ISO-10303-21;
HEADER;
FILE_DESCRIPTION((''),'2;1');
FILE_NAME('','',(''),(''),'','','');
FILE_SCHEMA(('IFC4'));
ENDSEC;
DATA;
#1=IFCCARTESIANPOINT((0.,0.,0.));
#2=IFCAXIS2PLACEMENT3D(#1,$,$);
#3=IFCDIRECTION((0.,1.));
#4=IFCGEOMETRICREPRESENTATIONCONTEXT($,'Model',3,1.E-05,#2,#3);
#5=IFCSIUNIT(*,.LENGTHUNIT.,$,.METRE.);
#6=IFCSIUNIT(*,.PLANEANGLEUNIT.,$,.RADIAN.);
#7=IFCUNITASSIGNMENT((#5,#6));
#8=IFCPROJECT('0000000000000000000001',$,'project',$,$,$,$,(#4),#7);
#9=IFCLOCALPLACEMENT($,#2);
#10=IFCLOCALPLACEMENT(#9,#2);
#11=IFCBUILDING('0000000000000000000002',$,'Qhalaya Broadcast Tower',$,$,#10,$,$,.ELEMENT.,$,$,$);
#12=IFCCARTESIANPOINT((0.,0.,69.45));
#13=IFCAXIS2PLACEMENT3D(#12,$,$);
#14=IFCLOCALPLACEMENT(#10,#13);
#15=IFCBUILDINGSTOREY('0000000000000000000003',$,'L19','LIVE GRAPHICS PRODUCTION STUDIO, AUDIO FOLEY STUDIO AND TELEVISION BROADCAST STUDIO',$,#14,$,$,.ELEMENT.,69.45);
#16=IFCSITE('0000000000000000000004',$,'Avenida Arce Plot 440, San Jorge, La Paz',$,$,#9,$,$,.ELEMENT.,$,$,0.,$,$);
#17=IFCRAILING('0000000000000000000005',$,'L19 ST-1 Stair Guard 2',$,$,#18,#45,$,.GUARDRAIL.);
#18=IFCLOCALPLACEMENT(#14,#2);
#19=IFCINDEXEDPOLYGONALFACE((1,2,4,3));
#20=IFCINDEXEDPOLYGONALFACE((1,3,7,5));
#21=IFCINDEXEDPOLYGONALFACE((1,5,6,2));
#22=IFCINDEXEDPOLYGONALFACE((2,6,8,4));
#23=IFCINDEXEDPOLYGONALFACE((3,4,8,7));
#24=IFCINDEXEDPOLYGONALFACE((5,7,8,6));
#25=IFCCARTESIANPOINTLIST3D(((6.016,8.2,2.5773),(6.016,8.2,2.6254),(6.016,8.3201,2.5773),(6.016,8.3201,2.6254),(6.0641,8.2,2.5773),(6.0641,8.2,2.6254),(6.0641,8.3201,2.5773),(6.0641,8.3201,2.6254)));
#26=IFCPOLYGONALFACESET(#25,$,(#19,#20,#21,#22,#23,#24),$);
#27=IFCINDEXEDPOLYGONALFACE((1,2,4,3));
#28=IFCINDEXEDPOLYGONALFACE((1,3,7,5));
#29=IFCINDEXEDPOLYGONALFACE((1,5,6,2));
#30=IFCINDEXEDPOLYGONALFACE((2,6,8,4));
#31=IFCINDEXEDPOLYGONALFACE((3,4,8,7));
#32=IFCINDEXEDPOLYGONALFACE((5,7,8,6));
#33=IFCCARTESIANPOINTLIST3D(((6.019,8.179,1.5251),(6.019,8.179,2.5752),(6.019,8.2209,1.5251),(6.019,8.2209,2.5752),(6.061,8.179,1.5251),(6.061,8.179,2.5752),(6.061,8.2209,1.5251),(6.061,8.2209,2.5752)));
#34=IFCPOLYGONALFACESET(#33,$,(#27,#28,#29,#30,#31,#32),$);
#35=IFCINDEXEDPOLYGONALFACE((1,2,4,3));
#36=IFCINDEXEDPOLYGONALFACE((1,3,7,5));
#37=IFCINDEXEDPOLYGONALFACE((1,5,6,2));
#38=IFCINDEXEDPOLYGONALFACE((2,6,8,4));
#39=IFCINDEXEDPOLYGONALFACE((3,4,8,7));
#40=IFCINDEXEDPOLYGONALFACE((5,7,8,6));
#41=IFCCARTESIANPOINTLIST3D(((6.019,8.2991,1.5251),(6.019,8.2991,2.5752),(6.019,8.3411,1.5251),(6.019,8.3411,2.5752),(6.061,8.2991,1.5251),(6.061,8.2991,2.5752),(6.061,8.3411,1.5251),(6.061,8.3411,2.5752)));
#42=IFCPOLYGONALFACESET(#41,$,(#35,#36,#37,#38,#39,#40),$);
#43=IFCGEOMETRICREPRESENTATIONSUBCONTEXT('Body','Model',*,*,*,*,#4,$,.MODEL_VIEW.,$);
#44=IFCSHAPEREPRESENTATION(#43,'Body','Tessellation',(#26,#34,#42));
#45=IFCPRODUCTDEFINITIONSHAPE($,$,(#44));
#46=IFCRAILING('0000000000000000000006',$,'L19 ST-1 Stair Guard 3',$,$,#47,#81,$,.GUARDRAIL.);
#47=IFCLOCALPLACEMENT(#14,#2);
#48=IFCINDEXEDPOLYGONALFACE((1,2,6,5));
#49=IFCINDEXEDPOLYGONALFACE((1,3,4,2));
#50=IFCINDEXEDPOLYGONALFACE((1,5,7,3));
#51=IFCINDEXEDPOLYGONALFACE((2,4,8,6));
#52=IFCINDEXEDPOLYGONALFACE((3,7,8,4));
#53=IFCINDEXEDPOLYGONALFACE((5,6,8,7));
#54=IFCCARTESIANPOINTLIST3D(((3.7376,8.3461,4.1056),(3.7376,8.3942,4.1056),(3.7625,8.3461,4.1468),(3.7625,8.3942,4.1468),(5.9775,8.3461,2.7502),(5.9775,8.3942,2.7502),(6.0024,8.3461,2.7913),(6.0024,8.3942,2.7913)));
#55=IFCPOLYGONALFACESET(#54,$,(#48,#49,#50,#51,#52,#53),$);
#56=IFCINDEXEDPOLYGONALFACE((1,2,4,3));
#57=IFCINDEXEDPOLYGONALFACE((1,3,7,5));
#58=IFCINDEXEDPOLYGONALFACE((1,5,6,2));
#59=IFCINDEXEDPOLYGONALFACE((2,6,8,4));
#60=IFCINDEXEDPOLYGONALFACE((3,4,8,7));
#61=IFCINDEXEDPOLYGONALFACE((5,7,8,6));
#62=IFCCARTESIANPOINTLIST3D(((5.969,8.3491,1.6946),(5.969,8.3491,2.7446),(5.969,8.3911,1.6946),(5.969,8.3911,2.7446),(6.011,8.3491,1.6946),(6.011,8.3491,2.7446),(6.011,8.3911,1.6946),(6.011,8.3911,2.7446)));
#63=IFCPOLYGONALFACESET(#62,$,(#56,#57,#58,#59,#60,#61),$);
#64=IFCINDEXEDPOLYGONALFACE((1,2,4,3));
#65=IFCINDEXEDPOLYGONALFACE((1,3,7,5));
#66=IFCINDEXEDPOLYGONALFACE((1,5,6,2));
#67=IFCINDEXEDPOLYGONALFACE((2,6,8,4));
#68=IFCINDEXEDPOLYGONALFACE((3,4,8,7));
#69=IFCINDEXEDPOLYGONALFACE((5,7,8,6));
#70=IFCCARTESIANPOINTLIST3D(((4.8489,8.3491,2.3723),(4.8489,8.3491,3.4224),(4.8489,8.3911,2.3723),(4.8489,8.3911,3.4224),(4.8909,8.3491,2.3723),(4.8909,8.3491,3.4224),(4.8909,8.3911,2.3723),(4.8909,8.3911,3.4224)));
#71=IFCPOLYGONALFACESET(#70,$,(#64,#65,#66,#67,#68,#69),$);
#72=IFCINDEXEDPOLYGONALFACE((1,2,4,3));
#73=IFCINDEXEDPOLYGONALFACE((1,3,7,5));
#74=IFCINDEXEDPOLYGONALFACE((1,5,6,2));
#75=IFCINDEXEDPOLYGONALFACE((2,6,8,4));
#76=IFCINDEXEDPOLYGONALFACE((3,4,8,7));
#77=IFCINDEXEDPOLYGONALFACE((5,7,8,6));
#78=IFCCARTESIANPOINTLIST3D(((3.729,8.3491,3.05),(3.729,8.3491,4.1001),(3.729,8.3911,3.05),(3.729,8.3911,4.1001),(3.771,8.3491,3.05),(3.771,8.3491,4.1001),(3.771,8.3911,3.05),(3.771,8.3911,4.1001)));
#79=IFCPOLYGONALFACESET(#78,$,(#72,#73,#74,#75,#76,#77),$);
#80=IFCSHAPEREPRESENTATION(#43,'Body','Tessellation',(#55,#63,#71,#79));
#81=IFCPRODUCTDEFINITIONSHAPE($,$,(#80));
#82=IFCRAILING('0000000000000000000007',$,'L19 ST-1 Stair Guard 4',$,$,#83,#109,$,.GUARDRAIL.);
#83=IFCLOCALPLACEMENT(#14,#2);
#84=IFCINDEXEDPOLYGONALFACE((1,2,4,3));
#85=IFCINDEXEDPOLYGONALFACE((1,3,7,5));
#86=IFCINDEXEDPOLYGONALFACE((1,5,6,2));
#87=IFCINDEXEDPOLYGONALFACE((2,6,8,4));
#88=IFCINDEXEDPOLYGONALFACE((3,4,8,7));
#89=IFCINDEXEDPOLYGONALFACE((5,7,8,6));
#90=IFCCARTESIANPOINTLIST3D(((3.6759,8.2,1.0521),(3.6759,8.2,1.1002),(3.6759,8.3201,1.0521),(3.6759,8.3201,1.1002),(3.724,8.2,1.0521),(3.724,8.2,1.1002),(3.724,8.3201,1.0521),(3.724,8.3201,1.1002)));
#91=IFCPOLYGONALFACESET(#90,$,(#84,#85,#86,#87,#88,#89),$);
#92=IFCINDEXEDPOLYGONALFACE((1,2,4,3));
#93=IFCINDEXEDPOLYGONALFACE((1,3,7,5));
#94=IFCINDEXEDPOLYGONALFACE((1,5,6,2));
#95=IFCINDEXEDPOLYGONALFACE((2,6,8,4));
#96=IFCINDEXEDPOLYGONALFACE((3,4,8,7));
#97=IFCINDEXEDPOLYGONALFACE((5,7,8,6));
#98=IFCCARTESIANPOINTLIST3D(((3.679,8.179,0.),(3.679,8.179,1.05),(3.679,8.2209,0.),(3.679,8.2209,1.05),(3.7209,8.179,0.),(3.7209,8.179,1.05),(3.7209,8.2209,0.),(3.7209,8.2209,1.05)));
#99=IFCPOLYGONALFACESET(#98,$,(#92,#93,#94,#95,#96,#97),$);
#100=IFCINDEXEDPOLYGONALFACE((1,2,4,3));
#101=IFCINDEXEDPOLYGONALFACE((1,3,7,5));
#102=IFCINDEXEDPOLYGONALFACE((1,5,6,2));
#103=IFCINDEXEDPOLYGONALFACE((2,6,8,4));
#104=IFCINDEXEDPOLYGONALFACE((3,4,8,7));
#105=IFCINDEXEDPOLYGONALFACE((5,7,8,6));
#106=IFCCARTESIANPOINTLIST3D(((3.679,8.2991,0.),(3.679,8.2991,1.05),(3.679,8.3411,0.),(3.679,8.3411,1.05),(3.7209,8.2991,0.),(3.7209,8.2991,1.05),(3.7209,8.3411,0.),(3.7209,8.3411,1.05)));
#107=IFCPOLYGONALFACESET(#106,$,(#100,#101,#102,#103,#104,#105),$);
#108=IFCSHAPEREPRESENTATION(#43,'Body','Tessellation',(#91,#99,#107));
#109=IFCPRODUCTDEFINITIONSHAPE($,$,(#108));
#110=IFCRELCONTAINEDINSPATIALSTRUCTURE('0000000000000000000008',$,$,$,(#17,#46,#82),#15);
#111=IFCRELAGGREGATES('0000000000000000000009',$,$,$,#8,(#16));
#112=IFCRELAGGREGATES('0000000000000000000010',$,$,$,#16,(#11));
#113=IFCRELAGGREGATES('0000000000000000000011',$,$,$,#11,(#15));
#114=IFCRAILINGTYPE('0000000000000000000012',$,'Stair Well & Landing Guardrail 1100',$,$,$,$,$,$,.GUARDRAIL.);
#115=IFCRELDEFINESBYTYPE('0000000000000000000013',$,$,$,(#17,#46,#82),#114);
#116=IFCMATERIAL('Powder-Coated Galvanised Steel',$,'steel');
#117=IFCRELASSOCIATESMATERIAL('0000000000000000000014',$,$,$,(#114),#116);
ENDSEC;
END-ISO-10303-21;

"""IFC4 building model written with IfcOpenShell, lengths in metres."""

from ifc_helpers import new_model, si_unit, direction, frame, origin, origin_2d, place, context, subcontext, project, spatial, rectangle, extrude, material, type_object, element, save


model = new_model("IFC4")

# Units and contexts
model_context = context("Model", 3, precision=1e-05, world=origin(), true_north=direction((0.0, 1.0)))
body_context = subcontext(model_context, "Body", "Model", "MODEL_VIEW")
ifc_project = project(units=[si_unit("LENGTHUNIT", "METRE"), si_unit("PLANEANGLEUNIT", "RADIAN")], contexts=[model_context])

# Site, building, storey
site_placement = place(None, origin())
site = spatial("IfcSite", under=ifc_project, at=site_placement, Name="Avenida Arce Plot 440, San Jorge, La Paz", CompositionType="ELEMENT", RefElevation=0.0)
building_placement = place(site_placement, origin())
building = spatial("IfcBuilding", under=site, at=building_placement, Name="Qhalaya Broadcast Tower", CompositionType="ELEMENT")
storey_placement = place(building_placement, frame((0.0, 0.0, 69.45)))
storey = spatial("IfcBuildingStorey", under=building, at=storey_placement, Name="L19", Description="LIVE GRAPHICS PRODUCTION STUDIO, AUDIO FOLEY STUDIO AND TELEVISION BROADCAST STUDIO", CompositionType="ELEMENT", Elevation=69.45)

# Railings
ifc_material_1 = material(Name="Powder-Coated Galvanised Steel", Category="steel")
railing_type_1 = type_object("IfcRailingType", Name="Stair Well & Landing Guardrail 1100", PredefinedType="GUARDRAIL", material=ifc_material_1)
railing_1_placement = place(storey_placement, frame((6.04, 8.2, 1.5251)))
element("IfcRailing", 1, at=railing_1_placement, inside=storey, type_object=railing_type_1, Name="L19 ST-1 Stair Guard 2", PredefinedType="GUARDRAIL", context=body_context, shape_type="SweptSolid", body=[
    extrude(rectangle(XDim=0.0481, YDim=0.0481, at=origin_2d()), frame((0.0, 0.0, 1.0762), z_axis=(0.0, 1.0, 0.0), x_axis=(-1.0, 0.0, 0.0)), (0.0, 0.0, 1.0), 0.1201),
    extrude(rectangle(XDim=0.042, YDim=0.042, at=origin_2d()), origin(), (0.0, 0.0, 1.0), 1.05),
    extrude(rectangle(XDim=0.042, YDim=0.042, at=origin_2d()), frame((0.0, 0.1201, 0.0)), (0.0, 0.0, 1.0), 1.05),
])
railing_2_placement = place(storey_placement, frame((5.99, 8.3701, 1.6946)))
element("IfcRailing", 2, at=railing_2_placement, inside=storey, type_object=railing_type_1, Name="L19 ST-1 Stair Guard 3", PredefinedType="GUARDRAIL", context=body_context, shape_type="SweptSolid", body=[
    extrude(rectangle(XDim=0.0481, YDim=0.0481, at=origin_2d()), frame((0.0, 0.0, 1.0762), z_axis=(-0.855553, 0.0, 0.517715), x_axis=(0.0, -1.0, 0.0)), (0.0, 0.0, 1.0), 2.6182),
    extrude(rectangle(XDim=0.042, YDim=0.042, at=origin_2d()), origin(), (0.0, 0.0, 1.0), 1.05),
    extrude(rectangle(XDim=0.042, YDim=0.042, at=origin_2d()), frame((-1.1201, 0.0, 0.6777)), (0.0, 0.0, 1.0), 1.05),
    extrude(rectangle(XDim=0.042, YDim=0.042, at=origin_2d()), frame((-2.24, 0.0, 1.3555)), (0.0, 0.0, 1.0), 1.05),
])
railing_3_placement = place(storey_placement, frame((3.7, 8.2, 0.0)))
element("IfcRailing", 3, at=railing_3_placement, inside=storey, type_object=railing_type_1, Name="L19 ST-1 Stair Guard 4", PredefinedType="GUARDRAIL", context=body_context, shape_type="SweptSolid", body=[
    extrude(rectangle(XDim=0.0481, YDim=0.0481, at=origin_2d()), frame((0.0, 0.0, 1.0762), z_axis=(0.0, 1.0, 0.0), x_axis=(-1.0, 0.0, 0.0)), (0.0, 0.0, 1.0), 0.1201),
    extrude(rectangle(XDim=0.042, YDim=0.042, at=origin_2d()), origin(), (0.0, 0.0, 1.0), 1.05),
    extrude(rectangle(XDim=0.042, YDim=0.042, at=origin_2d()), frame((0.0, 0.1201, 0.0)), (0.0, 0.0, 1.0), 1.05),
])

save(model, "model.ifc")
